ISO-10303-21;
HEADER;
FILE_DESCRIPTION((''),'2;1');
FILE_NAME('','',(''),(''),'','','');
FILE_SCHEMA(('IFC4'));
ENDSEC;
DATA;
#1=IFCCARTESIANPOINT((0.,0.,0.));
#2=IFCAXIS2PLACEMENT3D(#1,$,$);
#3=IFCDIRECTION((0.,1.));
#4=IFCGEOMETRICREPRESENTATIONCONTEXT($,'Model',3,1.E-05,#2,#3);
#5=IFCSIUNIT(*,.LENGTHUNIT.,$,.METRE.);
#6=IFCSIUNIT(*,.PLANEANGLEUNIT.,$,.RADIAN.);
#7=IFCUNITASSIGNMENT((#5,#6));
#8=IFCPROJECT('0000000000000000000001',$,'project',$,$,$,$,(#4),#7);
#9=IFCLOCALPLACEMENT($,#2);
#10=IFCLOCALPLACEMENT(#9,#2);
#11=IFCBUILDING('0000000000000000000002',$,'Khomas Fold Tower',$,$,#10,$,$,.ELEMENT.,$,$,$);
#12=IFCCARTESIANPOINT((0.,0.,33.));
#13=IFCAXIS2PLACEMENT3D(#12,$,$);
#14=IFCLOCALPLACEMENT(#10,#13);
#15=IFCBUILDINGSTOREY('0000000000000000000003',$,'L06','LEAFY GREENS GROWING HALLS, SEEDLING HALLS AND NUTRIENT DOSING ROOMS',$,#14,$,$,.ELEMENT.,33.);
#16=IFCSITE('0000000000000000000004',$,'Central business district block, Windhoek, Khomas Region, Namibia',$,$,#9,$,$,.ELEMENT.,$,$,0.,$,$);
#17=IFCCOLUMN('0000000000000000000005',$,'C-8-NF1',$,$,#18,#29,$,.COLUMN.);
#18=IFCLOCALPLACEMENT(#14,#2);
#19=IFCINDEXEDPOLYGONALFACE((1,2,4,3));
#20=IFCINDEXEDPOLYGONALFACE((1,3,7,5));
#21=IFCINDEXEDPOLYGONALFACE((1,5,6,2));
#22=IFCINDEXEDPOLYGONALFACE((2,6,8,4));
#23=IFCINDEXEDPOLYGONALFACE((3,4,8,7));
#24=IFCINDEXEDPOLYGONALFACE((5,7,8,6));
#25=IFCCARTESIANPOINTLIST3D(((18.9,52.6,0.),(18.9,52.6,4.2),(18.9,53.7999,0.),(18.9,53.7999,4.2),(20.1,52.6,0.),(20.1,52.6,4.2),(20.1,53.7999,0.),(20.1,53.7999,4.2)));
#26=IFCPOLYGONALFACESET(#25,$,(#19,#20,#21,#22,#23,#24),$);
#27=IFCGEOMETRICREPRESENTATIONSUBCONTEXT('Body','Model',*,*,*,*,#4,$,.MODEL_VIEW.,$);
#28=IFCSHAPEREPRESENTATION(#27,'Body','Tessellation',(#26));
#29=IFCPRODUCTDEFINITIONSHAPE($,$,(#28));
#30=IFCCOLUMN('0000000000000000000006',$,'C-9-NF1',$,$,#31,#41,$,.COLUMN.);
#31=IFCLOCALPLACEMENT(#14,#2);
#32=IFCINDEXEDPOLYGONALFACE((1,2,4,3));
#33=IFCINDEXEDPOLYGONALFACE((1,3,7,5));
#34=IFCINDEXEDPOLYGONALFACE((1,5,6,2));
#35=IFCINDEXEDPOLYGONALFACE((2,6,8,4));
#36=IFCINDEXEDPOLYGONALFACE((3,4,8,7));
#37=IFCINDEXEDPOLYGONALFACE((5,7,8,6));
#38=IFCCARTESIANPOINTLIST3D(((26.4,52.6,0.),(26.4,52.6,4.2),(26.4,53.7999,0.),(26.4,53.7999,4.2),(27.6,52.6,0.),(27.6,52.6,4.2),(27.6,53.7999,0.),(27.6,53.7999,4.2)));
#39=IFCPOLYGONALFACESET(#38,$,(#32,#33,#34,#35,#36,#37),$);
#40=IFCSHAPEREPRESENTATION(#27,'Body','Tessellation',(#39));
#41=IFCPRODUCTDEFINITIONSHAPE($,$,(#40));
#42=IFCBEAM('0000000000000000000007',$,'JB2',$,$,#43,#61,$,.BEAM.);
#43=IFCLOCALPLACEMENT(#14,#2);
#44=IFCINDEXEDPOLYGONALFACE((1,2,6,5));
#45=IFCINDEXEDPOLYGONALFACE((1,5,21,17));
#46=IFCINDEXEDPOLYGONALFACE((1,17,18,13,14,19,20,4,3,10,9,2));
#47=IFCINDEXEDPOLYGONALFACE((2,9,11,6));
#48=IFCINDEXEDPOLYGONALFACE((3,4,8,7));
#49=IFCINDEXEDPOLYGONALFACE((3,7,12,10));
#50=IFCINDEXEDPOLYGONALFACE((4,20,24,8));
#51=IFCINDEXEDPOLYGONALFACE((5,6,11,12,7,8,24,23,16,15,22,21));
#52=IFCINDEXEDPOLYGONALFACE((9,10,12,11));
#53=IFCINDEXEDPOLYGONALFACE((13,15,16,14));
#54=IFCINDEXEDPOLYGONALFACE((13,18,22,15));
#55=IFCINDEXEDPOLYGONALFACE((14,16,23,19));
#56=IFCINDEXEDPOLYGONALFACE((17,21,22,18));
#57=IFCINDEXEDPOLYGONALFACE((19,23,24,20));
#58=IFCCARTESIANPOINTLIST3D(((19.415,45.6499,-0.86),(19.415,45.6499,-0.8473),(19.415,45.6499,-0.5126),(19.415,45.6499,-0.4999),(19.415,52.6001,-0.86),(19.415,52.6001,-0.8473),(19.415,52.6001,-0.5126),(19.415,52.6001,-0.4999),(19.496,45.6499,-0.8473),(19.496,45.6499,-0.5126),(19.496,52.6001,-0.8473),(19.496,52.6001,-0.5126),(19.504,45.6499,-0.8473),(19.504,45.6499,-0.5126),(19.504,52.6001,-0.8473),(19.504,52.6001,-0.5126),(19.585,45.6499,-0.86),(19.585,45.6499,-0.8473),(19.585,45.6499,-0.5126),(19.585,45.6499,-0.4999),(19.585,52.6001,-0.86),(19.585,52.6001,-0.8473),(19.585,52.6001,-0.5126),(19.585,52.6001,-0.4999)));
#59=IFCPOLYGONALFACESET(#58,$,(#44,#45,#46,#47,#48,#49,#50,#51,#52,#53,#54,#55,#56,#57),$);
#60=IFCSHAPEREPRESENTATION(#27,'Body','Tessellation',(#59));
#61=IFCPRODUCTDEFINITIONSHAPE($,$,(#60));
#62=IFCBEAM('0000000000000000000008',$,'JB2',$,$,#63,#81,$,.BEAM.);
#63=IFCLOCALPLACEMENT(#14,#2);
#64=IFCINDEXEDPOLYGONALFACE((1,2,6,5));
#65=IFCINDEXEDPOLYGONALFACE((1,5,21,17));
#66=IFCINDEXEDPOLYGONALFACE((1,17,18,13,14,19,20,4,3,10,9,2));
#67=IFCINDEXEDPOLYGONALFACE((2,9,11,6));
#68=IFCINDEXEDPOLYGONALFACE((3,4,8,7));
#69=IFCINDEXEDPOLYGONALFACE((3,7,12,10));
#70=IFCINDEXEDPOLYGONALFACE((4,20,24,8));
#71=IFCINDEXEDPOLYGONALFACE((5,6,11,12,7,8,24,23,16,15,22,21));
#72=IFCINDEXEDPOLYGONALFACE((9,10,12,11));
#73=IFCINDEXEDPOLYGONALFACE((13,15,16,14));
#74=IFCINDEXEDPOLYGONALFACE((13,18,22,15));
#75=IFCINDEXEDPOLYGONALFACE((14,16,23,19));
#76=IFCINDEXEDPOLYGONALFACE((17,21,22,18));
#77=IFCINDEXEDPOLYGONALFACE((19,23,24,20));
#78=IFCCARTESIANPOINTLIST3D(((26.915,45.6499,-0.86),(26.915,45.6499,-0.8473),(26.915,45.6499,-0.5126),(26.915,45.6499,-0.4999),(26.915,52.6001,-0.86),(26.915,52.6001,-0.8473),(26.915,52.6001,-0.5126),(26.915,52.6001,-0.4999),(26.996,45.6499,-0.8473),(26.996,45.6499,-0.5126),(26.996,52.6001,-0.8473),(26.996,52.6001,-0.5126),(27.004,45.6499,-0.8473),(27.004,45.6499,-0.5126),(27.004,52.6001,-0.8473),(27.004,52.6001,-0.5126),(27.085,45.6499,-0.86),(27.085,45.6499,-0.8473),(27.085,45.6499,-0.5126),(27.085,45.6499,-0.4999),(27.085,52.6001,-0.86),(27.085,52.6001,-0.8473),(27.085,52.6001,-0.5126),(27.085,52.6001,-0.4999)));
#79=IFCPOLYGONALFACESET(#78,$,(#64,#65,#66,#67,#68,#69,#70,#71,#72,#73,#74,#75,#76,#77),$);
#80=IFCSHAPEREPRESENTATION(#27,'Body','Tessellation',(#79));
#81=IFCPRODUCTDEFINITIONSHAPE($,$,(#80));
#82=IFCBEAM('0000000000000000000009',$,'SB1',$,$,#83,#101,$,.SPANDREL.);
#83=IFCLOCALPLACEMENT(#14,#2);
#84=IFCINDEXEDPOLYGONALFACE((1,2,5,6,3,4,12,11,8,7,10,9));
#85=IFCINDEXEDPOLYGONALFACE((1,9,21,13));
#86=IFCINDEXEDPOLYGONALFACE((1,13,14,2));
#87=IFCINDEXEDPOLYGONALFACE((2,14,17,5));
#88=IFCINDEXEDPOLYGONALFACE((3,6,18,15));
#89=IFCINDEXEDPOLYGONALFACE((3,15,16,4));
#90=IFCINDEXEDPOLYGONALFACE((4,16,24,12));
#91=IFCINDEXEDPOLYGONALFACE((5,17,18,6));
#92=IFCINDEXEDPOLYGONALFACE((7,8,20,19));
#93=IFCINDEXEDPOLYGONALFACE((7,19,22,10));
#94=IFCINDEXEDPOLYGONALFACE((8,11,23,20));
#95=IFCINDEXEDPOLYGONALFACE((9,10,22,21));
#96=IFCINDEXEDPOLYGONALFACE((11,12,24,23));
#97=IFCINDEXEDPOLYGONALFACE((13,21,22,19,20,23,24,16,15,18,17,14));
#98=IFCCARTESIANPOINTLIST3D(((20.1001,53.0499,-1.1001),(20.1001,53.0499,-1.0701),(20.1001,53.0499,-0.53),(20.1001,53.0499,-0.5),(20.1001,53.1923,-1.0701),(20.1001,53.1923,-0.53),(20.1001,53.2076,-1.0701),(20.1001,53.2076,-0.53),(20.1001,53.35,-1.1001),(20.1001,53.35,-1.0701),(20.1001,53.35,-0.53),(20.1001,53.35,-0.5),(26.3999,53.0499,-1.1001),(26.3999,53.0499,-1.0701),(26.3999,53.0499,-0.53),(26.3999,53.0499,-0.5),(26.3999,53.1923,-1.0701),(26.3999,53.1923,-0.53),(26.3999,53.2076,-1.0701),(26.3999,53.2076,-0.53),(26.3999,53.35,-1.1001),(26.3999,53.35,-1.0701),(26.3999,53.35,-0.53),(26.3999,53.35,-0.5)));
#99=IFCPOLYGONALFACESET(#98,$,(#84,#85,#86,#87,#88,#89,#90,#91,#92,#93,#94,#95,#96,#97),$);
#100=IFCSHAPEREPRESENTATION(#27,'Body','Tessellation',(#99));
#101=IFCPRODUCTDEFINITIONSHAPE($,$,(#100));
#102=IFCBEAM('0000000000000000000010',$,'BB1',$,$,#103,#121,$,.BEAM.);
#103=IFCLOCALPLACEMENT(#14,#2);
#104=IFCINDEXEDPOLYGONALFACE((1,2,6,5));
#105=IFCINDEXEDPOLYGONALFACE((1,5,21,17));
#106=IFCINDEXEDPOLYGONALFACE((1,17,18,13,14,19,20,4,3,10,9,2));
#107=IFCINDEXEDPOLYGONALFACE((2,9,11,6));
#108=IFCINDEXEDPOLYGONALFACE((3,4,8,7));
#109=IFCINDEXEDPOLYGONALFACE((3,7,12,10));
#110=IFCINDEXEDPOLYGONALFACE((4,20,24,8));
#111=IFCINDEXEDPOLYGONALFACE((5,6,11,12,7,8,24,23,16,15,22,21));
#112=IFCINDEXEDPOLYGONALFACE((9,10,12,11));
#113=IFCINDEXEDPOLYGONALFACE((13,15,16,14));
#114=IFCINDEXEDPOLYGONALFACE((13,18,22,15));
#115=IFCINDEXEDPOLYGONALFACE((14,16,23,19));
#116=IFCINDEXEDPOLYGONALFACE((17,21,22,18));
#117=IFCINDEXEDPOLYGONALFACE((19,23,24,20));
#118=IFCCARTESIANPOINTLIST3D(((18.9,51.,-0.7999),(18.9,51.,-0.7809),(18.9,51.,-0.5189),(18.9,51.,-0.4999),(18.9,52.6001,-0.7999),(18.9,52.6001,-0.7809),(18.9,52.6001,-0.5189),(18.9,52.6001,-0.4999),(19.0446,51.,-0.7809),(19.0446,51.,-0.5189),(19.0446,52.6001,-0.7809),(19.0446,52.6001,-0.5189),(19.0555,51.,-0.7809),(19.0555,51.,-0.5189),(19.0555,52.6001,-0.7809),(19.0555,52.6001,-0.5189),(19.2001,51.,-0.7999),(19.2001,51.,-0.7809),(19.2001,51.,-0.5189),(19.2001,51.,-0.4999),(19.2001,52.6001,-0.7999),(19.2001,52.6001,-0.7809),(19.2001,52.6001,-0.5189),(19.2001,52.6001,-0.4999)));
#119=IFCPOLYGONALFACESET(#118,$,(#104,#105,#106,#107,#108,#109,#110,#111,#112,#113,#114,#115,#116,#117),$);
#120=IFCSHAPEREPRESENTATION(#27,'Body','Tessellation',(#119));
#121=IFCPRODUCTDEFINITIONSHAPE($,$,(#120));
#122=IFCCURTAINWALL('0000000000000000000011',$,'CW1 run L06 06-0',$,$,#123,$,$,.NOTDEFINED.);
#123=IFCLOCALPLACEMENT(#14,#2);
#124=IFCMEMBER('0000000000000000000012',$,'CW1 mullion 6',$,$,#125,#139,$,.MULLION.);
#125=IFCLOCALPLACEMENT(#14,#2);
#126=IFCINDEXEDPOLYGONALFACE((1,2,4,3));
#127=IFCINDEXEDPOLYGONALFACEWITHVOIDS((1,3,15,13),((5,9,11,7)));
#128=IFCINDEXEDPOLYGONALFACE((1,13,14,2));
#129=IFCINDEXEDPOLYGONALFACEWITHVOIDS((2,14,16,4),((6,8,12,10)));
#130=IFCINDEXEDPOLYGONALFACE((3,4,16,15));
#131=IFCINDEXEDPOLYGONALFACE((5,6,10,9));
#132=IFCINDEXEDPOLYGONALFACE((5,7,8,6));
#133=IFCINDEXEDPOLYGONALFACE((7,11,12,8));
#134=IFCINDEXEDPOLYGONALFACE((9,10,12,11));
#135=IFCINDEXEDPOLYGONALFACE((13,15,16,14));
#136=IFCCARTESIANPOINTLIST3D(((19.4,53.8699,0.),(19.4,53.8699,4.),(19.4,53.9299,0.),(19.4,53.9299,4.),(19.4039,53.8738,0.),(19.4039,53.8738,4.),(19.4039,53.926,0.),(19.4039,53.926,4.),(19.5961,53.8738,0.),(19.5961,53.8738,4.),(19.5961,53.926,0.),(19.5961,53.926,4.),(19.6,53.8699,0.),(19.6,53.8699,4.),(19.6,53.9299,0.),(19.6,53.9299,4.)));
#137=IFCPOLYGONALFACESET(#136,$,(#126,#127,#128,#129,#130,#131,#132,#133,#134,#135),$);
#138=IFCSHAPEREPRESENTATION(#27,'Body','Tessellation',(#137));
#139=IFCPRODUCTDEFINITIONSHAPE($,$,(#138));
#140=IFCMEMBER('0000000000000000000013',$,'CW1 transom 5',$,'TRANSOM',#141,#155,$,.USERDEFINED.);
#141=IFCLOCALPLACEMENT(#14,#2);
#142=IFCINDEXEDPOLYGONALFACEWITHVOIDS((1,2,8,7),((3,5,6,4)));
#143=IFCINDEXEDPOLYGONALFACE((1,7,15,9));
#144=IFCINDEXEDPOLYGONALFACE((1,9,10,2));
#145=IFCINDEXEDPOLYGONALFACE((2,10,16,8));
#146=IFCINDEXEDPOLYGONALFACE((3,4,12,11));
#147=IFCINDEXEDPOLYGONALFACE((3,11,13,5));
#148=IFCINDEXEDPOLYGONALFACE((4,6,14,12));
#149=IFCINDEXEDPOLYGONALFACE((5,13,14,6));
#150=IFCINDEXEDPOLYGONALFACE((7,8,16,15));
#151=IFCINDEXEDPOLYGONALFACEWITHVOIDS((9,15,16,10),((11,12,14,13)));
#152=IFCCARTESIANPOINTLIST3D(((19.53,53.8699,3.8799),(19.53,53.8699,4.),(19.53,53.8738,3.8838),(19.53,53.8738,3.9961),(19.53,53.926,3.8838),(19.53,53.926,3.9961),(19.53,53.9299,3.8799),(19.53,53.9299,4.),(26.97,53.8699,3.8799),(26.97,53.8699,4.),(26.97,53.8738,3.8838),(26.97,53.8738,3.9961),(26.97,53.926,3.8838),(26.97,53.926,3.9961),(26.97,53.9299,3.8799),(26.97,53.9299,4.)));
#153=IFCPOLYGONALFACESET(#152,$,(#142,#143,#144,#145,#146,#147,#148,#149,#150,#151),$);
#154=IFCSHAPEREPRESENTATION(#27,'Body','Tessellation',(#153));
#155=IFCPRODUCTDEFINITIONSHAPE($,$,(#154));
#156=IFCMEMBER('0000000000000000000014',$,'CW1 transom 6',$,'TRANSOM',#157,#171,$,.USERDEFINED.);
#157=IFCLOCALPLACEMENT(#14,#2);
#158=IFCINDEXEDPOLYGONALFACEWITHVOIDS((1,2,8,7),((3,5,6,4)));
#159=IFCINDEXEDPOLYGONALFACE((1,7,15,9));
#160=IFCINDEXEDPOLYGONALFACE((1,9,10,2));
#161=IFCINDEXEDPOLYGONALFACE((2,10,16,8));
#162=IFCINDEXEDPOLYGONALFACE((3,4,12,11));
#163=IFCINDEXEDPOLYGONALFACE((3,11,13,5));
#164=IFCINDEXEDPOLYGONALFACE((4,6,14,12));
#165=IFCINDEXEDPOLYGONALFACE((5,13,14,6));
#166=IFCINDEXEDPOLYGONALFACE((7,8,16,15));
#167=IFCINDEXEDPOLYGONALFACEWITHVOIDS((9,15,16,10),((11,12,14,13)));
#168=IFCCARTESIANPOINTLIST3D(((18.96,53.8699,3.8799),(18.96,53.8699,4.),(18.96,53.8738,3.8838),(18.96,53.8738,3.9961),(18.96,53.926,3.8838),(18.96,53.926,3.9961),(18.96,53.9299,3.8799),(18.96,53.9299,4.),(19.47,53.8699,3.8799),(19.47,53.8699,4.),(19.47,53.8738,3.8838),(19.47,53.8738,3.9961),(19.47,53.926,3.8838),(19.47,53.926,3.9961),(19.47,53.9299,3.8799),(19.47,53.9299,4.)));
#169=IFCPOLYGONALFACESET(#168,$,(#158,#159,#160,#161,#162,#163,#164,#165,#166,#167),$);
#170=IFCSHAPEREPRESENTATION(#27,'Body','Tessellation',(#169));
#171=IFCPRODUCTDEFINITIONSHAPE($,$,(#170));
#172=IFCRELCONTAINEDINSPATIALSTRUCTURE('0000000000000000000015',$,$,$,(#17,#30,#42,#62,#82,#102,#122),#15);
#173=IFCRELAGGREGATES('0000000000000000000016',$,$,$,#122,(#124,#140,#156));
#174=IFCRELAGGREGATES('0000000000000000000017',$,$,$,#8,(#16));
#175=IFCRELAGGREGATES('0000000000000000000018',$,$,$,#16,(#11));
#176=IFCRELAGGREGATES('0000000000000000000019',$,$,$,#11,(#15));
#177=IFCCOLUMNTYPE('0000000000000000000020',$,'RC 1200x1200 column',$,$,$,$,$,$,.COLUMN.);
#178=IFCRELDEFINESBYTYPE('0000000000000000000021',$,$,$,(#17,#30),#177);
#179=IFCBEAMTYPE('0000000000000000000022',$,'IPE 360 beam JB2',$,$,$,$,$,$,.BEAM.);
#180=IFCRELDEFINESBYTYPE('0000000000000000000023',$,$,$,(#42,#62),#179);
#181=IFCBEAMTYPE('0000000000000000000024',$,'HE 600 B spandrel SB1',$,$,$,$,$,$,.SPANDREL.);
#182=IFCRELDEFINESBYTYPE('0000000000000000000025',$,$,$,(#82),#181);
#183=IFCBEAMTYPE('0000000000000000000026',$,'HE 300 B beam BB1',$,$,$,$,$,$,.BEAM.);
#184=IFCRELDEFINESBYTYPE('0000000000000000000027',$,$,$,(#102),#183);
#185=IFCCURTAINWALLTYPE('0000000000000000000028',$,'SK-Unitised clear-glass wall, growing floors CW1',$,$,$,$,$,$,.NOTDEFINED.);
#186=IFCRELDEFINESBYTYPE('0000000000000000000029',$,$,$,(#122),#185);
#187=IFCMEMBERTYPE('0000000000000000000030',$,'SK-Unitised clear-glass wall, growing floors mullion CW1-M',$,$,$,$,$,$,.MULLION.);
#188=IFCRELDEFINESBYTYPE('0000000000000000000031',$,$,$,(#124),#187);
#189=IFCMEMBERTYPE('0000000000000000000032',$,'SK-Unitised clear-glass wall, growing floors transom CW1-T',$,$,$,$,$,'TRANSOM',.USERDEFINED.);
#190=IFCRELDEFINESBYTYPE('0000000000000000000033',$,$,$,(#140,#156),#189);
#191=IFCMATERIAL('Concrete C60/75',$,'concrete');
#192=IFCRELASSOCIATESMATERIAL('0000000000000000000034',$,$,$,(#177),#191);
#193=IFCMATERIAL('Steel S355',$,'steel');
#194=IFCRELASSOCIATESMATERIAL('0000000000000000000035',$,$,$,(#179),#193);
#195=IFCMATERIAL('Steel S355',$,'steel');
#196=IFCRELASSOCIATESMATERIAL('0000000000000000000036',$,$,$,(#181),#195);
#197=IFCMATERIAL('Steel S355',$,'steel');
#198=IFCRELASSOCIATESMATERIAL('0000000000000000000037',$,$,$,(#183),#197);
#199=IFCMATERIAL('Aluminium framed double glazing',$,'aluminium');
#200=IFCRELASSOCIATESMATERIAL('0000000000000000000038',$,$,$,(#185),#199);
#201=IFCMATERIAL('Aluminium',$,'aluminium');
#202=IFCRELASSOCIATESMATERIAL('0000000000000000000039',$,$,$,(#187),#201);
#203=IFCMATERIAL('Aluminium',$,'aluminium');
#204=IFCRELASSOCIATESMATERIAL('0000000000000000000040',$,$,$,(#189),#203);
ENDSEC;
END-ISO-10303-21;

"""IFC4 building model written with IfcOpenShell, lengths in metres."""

from ifc_helpers import new_model, si_unit, direction, frame, origin, origin_2d, place, context, subcontext, project, spatial, rectangle, hollow_rectangle, i_section, extrude, source, transform, mapped, material, material_profile, profile_set, type_object, element, aggregate, save


model = new_model("IFC4")

# Units and contexts
model_context = context("Model", 3, precision=1e-05, world=origin(), true_north=direction((0.0, 1.0)))
body_context = subcontext(model_context, "Body", "Model", "MODEL_VIEW")
ifc_project = project(units=[si_unit("LENGTHUNIT", "METRE"), si_unit("PLANEANGLEUNIT", "RADIAN")], contexts=[model_context])

# Site, building, storey
site_placement = place(None, origin())
site = spatial("IfcSite", under=ifc_project, at=site_placement, Name="Central business district block, Windhoek, Khomas Region, Namibia", CompositionType="ELEMENT", RefElevation=0.0)
building_placement = place(site_placement, origin())
building = spatial("IfcBuilding", under=site, at=building_placement, Name="Khomas Fold Tower", CompositionType="ELEMENT")
storey_placement = place(building_placement, frame((0.0, 0.0, 33.0)))
storey = spatial("IfcBuildingStorey", under=building, at=storey_placement, Name="L06", Description="LEAFY GREENS GROWING HALLS, SEEDLING HALLS AND NUTRIENT DOSING ROOMS", CompositionType="ELEMENT", Elevation=33.0)

# Columns
ifc_material_1 = material(Name="Concrete C60/75", Category="concrete")
ifc_material_profile_1 = material_profile(ifc_material_1, rectangle(XDim=1.2, YDim=1.2, at=origin_2d()), Name="RC 1200x1200")
ifc_profile_set_1 = profile_set([ifc_material_profile_1], Name="Concrete C60/75")
column_type = type_object("IfcColumnType", Name="RC 1200x1200 column", PredefinedType="COLUMN", material=ifc_profile_set_1)
shared_shape_1 = source(origin(), body_context, "Body", "SweptSolid", [
    extrude(rectangle(XDim=1.2, YDim=1.2, at=origin_2d()), origin(), (0.0, 0.0, 1.0), 4.2),
])
for number, where, z_axis, x_axis, name in (
    (1, (19.5, 53.2, 0.0), (0.0, 0.0, 1.0), (1.0, 0.0, 0.0), "C-8-NF1"),
    (2, (27.0, 53.2, 0.0), (0.0, 0.0, 1.0), (1.0, 0.0, 0.0), "C-9-NF1"),
):
    element("IfcColumn", number, at=place(storey_placement, frame(where, z_axis=z_axis, x_axis=x_axis)), inside=storey, type_object=column_type, Name=name, PredefinedType="COLUMN", context=body_context, shape_type="MappedRepresentation", body=[
        mapped(shared_shape_1, transform((0.0, 0.0, 0.0))),
    ])

# Beams
ifc_material_2 = material(Name="Steel S355", Category="steel")
ifc_material_profile_2 = material_profile(ifc_material_2, i_section(OverallWidth=0.1699, OverallDepth=0.3601, WebThickness=0.0081, FlangeThickness=0.0127, at=origin_2d()), Name="IPE 360")
ifc_profile_set_2 = profile_set([ifc_material_profile_2], Name="Steel S355")
beam_type_1 = type_object("IfcBeamType", Name="IPE 360 beam JB2", PredefinedType="BEAM", material=ifc_profile_set_2)
shared_shape_2 = source(origin(), body_context, "Body", "SweptSolid", [
    extrude(i_section(OverallWidth=0.1699, OverallDepth=0.3601, WebThickness=0.0081, FlangeThickness=0.0127, at=origin_2d()), origin(), (0.0, 0.0, 1.0), 6.9502),
])
for number, where, z_axis, x_axis, name in (
    (3, (19.5, 45.6499, -0.6799), (0.0, 1.0, 0.0), (-1.0, 0.0, 0.0), "JB2"),
    (4, (27.0, 45.6499, -0.6799), (0.0, 1.0, 0.0), (-1.0, 0.0, 0.0), "JB2"),
):
    element("IfcBeam", number, at=place(storey_placement, frame(where, z_axis=z_axis, x_axis=x_axis)), inside=storey, type_object=beam_type_1, Name=name, PredefinedType="BEAM", context=body_context, shape_type="MappedRepresentation", body=[
        mapped(shared_shape_2, transform((0.0, 0.0, 0.0))),
    ])
ifc_material_3 = material(Name="Steel S355", Category="steel")
ifc_material_profile_3 = material_profile(ifc_material_3, i_section(OverallWidth=0.3, OverallDepth=0.6001, WebThickness=0.0154, FlangeThickness=0.03, at=origin_2d()), Name="HE 600 B")
ifc_profile_set_3 = profile_set([ifc_material_profile_3], Name="Steel S355")
beam_type_2 = type_object("IfcBeamType", Name="HE 600 B spandrel SB1", PredefinedType="SPANDREL", material=ifc_profile_set_3)
shared_shape_3 = source(origin(), body_context, "Body", "SweptSolid", [
    extrude(i_section(OverallWidth=0.3, OverallDepth=0.6001, WebThickness=0.0154, FlangeThickness=0.03, at=origin_2d()), origin(), (0.0, 0.0, 1.0), 6.2998),
])
beam_1_placement = place(storey_placement, frame((20.1001, 53.2, -0.8), z_axis=(1.0, 0.0, 0.0), x_axis=(0.0, 1.0, 0.0)))
element("IfcBeam", 5, at=beam_1_placement, inside=storey, type_object=beam_type_2, Name="SB1", PredefinedType="SPANDREL", context=body_context, shape_type="MappedRepresentation", body=[
    mapped(shared_shape_3, transform((0.0, 0.0, 0.0))),
])
ifc_material_4 = material(Name="Steel S355", Category="steel")
ifc_material_profile_4 = material_profile(ifc_material_4, i_section(OverallWidth=0.3, OverallDepth=0.3, WebThickness=0.011, FlangeThickness=0.019, at=origin_2d()), Name="HE 300 B")
ifc_profile_set_4 = profile_set([ifc_material_profile_4], Name="Steel S355")
beam_type_3 = type_object("IfcBeamType", Name="HE 300 B beam BB1", PredefinedType="BEAM", material=ifc_profile_set_4)
shared_shape_4 = source(origin(), body_context, "Body", "SweptSolid", [
    extrude(i_section(OverallWidth=0.3, OverallDepth=0.3, WebThickness=0.011, FlangeThickness=0.019, at=origin_2d()), origin(), (0.0, 0.0, 1.0), 1.6001),
])
beam_2_placement = place(storey_placement, frame((19.05, 51.0, -0.6499), z_axis=(0.0, 1.0, 0.0), x_axis=(-1.0, 0.0, 0.0)))
element("IfcBeam", 6, at=beam_2_placement, inside=storey, type_object=beam_type_3, Name="BB1", PredefinedType="BEAM", context=body_context, shape_type="MappedRepresentation", body=[
    mapped(shared_shape_4, transform((0.0, 0.0, 0.0))),
])

# Curtain wall, members
ifc_material_5 = material(Name="Aluminium framed double glazing", Category="aluminium")
curtain_wall_type = type_object("IfcCurtainWallType", Name="SK-Unitised clear-glass wall, growing floors CW1", PredefinedType="NOTDEFINED", material=ifc_material_5)
curtain_wall_placement = place(storey_placement, origin())
curtain_wall = element("IfcCurtainWall", 7, at=curtain_wall_placement, inside=storey, type_object=curtain_wall_type, Name="CW1 run L06 06-0", PredefinedType="NOTDEFINED")
ifc_material_6 = material(Name="Aluminium", Category="aluminium")
ifc_material_profile_5 = material_profile(ifc_material_6, hollow_rectangle(XDim=0.0601, YDim=0.2, WallThickness=0.0039, at=origin_2d()), Name="SK-Unitised clear-glass wall, growing floors mullion CW1-M")
ifc_profile_set_5 = profile_set([ifc_material_profile_5], Name="Aluminium")
member_type_1 = type_object("IfcMemberType", Name="SK-Unitised clear-glass wall, growing floors mullion CW1-M", PredefinedType="MULLION", material=ifc_profile_set_5)
shared_shape_5 = source(origin(), body_context, "Body", "SweptSolid", [
    extrude(hollow_rectangle(XDim=0.0601, YDim=0.2, WallThickness=0.0039, at=origin_2d()), origin(), (0.0, 0.0, 1.0), 4.0),
])
member_1_placement = place(storey_placement, frame((19.5, 53.8999, 0.0), z_axis=(0.0, 0.0, 1.0), x_axis=(0.0, -1.0, 0.0)))
member_1 = element("IfcMember", 8, at=member_1_placement, type_object=member_type_1, Name="CW1 mullion 6", PredefinedType="MULLION", context=body_context, shape_type="MappedRepresentation", body=[
    mapped(shared_shape_5, transform((0.0, 0.0, 0.0))),
])
ifc_material_7 = material(Name="Aluminium", Category="aluminium")
ifc_material_profile_6 = material_profile(ifc_material_7, hollow_rectangle(XDim=0.0601, YDim=0.1201, WallThickness=0.0039, at=origin_2d()), Name="SK-Unitised clear-glass wall, growing floors transom CW1-T")
ifc_profile_set_6 = profile_set([ifc_material_profile_6], Name="Aluminium")
member_type_2 = type_object("IfcMemberType", Name="SK-Unitised clear-glass wall, growing floors transom CW1-T", ElementType="TRANSOM", PredefinedType="USERDEFINED", material=ifc_profile_set_6)
shared_shape_6 = source(origin(), body_context, "Body", "SweptSolid", [
    extrude(hollow_rectangle(XDim=0.0601, YDim=0.1201, WallThickness=0.0039, at=origin_2d()), origin(), (0.0, 0.0, 1.0), 7.4399),
])
member_2_placement = place(storey_placement, frame((26.97, 53.8999, 3.9399), z_axis=(-1.0, 0.0, 0.0), x_axis=(0.0, -1.0, 0.0)))
member_2 = element("IfcMember", 9, at=member_2_placement, type_object=member_type_2, Name="CW1 transom 5", ObjectType="TRANSOM", PredefinedType="USERDEFINED", context=body_context, shape_type="MappedRepresentation", body=[
    mapped(shared_shape_6, transform((0.0, 0.0, 0.0))),
])
shared_shape_7 = source(origin(), body_context, "Body", "SweptSolid", [
    extrude(hollow_rectangle(XDim=0.0601, YDim=0.1201, WallThickness=0.0039, at=origin_2d()), origin(), (0.0, 0.0, 1.0), 0.51),
])
member_3_placement = place(storey_placement, frame((19.47, 53.8999, 3.9399), z_axis=(-1.0, 0.0, 0.0), x_axis=(0.0, -1.0, 0.0)))
member_3 = element("IfcMember", 10, at=member_3_placement, type_object=member_type_2, Name="CW1 transom 6", ObjectType="TRANSOM", PredefinedType="USERDEFINED", context=body_context, shape_type="MappedRepresentation", body=[
    mapped(shared_shape_7, transform((0.0, 0.0, 0.0))),
])
aggregate(curtain_wall, [member_1, member_2, member_3])

save(model, "model.ifc")
